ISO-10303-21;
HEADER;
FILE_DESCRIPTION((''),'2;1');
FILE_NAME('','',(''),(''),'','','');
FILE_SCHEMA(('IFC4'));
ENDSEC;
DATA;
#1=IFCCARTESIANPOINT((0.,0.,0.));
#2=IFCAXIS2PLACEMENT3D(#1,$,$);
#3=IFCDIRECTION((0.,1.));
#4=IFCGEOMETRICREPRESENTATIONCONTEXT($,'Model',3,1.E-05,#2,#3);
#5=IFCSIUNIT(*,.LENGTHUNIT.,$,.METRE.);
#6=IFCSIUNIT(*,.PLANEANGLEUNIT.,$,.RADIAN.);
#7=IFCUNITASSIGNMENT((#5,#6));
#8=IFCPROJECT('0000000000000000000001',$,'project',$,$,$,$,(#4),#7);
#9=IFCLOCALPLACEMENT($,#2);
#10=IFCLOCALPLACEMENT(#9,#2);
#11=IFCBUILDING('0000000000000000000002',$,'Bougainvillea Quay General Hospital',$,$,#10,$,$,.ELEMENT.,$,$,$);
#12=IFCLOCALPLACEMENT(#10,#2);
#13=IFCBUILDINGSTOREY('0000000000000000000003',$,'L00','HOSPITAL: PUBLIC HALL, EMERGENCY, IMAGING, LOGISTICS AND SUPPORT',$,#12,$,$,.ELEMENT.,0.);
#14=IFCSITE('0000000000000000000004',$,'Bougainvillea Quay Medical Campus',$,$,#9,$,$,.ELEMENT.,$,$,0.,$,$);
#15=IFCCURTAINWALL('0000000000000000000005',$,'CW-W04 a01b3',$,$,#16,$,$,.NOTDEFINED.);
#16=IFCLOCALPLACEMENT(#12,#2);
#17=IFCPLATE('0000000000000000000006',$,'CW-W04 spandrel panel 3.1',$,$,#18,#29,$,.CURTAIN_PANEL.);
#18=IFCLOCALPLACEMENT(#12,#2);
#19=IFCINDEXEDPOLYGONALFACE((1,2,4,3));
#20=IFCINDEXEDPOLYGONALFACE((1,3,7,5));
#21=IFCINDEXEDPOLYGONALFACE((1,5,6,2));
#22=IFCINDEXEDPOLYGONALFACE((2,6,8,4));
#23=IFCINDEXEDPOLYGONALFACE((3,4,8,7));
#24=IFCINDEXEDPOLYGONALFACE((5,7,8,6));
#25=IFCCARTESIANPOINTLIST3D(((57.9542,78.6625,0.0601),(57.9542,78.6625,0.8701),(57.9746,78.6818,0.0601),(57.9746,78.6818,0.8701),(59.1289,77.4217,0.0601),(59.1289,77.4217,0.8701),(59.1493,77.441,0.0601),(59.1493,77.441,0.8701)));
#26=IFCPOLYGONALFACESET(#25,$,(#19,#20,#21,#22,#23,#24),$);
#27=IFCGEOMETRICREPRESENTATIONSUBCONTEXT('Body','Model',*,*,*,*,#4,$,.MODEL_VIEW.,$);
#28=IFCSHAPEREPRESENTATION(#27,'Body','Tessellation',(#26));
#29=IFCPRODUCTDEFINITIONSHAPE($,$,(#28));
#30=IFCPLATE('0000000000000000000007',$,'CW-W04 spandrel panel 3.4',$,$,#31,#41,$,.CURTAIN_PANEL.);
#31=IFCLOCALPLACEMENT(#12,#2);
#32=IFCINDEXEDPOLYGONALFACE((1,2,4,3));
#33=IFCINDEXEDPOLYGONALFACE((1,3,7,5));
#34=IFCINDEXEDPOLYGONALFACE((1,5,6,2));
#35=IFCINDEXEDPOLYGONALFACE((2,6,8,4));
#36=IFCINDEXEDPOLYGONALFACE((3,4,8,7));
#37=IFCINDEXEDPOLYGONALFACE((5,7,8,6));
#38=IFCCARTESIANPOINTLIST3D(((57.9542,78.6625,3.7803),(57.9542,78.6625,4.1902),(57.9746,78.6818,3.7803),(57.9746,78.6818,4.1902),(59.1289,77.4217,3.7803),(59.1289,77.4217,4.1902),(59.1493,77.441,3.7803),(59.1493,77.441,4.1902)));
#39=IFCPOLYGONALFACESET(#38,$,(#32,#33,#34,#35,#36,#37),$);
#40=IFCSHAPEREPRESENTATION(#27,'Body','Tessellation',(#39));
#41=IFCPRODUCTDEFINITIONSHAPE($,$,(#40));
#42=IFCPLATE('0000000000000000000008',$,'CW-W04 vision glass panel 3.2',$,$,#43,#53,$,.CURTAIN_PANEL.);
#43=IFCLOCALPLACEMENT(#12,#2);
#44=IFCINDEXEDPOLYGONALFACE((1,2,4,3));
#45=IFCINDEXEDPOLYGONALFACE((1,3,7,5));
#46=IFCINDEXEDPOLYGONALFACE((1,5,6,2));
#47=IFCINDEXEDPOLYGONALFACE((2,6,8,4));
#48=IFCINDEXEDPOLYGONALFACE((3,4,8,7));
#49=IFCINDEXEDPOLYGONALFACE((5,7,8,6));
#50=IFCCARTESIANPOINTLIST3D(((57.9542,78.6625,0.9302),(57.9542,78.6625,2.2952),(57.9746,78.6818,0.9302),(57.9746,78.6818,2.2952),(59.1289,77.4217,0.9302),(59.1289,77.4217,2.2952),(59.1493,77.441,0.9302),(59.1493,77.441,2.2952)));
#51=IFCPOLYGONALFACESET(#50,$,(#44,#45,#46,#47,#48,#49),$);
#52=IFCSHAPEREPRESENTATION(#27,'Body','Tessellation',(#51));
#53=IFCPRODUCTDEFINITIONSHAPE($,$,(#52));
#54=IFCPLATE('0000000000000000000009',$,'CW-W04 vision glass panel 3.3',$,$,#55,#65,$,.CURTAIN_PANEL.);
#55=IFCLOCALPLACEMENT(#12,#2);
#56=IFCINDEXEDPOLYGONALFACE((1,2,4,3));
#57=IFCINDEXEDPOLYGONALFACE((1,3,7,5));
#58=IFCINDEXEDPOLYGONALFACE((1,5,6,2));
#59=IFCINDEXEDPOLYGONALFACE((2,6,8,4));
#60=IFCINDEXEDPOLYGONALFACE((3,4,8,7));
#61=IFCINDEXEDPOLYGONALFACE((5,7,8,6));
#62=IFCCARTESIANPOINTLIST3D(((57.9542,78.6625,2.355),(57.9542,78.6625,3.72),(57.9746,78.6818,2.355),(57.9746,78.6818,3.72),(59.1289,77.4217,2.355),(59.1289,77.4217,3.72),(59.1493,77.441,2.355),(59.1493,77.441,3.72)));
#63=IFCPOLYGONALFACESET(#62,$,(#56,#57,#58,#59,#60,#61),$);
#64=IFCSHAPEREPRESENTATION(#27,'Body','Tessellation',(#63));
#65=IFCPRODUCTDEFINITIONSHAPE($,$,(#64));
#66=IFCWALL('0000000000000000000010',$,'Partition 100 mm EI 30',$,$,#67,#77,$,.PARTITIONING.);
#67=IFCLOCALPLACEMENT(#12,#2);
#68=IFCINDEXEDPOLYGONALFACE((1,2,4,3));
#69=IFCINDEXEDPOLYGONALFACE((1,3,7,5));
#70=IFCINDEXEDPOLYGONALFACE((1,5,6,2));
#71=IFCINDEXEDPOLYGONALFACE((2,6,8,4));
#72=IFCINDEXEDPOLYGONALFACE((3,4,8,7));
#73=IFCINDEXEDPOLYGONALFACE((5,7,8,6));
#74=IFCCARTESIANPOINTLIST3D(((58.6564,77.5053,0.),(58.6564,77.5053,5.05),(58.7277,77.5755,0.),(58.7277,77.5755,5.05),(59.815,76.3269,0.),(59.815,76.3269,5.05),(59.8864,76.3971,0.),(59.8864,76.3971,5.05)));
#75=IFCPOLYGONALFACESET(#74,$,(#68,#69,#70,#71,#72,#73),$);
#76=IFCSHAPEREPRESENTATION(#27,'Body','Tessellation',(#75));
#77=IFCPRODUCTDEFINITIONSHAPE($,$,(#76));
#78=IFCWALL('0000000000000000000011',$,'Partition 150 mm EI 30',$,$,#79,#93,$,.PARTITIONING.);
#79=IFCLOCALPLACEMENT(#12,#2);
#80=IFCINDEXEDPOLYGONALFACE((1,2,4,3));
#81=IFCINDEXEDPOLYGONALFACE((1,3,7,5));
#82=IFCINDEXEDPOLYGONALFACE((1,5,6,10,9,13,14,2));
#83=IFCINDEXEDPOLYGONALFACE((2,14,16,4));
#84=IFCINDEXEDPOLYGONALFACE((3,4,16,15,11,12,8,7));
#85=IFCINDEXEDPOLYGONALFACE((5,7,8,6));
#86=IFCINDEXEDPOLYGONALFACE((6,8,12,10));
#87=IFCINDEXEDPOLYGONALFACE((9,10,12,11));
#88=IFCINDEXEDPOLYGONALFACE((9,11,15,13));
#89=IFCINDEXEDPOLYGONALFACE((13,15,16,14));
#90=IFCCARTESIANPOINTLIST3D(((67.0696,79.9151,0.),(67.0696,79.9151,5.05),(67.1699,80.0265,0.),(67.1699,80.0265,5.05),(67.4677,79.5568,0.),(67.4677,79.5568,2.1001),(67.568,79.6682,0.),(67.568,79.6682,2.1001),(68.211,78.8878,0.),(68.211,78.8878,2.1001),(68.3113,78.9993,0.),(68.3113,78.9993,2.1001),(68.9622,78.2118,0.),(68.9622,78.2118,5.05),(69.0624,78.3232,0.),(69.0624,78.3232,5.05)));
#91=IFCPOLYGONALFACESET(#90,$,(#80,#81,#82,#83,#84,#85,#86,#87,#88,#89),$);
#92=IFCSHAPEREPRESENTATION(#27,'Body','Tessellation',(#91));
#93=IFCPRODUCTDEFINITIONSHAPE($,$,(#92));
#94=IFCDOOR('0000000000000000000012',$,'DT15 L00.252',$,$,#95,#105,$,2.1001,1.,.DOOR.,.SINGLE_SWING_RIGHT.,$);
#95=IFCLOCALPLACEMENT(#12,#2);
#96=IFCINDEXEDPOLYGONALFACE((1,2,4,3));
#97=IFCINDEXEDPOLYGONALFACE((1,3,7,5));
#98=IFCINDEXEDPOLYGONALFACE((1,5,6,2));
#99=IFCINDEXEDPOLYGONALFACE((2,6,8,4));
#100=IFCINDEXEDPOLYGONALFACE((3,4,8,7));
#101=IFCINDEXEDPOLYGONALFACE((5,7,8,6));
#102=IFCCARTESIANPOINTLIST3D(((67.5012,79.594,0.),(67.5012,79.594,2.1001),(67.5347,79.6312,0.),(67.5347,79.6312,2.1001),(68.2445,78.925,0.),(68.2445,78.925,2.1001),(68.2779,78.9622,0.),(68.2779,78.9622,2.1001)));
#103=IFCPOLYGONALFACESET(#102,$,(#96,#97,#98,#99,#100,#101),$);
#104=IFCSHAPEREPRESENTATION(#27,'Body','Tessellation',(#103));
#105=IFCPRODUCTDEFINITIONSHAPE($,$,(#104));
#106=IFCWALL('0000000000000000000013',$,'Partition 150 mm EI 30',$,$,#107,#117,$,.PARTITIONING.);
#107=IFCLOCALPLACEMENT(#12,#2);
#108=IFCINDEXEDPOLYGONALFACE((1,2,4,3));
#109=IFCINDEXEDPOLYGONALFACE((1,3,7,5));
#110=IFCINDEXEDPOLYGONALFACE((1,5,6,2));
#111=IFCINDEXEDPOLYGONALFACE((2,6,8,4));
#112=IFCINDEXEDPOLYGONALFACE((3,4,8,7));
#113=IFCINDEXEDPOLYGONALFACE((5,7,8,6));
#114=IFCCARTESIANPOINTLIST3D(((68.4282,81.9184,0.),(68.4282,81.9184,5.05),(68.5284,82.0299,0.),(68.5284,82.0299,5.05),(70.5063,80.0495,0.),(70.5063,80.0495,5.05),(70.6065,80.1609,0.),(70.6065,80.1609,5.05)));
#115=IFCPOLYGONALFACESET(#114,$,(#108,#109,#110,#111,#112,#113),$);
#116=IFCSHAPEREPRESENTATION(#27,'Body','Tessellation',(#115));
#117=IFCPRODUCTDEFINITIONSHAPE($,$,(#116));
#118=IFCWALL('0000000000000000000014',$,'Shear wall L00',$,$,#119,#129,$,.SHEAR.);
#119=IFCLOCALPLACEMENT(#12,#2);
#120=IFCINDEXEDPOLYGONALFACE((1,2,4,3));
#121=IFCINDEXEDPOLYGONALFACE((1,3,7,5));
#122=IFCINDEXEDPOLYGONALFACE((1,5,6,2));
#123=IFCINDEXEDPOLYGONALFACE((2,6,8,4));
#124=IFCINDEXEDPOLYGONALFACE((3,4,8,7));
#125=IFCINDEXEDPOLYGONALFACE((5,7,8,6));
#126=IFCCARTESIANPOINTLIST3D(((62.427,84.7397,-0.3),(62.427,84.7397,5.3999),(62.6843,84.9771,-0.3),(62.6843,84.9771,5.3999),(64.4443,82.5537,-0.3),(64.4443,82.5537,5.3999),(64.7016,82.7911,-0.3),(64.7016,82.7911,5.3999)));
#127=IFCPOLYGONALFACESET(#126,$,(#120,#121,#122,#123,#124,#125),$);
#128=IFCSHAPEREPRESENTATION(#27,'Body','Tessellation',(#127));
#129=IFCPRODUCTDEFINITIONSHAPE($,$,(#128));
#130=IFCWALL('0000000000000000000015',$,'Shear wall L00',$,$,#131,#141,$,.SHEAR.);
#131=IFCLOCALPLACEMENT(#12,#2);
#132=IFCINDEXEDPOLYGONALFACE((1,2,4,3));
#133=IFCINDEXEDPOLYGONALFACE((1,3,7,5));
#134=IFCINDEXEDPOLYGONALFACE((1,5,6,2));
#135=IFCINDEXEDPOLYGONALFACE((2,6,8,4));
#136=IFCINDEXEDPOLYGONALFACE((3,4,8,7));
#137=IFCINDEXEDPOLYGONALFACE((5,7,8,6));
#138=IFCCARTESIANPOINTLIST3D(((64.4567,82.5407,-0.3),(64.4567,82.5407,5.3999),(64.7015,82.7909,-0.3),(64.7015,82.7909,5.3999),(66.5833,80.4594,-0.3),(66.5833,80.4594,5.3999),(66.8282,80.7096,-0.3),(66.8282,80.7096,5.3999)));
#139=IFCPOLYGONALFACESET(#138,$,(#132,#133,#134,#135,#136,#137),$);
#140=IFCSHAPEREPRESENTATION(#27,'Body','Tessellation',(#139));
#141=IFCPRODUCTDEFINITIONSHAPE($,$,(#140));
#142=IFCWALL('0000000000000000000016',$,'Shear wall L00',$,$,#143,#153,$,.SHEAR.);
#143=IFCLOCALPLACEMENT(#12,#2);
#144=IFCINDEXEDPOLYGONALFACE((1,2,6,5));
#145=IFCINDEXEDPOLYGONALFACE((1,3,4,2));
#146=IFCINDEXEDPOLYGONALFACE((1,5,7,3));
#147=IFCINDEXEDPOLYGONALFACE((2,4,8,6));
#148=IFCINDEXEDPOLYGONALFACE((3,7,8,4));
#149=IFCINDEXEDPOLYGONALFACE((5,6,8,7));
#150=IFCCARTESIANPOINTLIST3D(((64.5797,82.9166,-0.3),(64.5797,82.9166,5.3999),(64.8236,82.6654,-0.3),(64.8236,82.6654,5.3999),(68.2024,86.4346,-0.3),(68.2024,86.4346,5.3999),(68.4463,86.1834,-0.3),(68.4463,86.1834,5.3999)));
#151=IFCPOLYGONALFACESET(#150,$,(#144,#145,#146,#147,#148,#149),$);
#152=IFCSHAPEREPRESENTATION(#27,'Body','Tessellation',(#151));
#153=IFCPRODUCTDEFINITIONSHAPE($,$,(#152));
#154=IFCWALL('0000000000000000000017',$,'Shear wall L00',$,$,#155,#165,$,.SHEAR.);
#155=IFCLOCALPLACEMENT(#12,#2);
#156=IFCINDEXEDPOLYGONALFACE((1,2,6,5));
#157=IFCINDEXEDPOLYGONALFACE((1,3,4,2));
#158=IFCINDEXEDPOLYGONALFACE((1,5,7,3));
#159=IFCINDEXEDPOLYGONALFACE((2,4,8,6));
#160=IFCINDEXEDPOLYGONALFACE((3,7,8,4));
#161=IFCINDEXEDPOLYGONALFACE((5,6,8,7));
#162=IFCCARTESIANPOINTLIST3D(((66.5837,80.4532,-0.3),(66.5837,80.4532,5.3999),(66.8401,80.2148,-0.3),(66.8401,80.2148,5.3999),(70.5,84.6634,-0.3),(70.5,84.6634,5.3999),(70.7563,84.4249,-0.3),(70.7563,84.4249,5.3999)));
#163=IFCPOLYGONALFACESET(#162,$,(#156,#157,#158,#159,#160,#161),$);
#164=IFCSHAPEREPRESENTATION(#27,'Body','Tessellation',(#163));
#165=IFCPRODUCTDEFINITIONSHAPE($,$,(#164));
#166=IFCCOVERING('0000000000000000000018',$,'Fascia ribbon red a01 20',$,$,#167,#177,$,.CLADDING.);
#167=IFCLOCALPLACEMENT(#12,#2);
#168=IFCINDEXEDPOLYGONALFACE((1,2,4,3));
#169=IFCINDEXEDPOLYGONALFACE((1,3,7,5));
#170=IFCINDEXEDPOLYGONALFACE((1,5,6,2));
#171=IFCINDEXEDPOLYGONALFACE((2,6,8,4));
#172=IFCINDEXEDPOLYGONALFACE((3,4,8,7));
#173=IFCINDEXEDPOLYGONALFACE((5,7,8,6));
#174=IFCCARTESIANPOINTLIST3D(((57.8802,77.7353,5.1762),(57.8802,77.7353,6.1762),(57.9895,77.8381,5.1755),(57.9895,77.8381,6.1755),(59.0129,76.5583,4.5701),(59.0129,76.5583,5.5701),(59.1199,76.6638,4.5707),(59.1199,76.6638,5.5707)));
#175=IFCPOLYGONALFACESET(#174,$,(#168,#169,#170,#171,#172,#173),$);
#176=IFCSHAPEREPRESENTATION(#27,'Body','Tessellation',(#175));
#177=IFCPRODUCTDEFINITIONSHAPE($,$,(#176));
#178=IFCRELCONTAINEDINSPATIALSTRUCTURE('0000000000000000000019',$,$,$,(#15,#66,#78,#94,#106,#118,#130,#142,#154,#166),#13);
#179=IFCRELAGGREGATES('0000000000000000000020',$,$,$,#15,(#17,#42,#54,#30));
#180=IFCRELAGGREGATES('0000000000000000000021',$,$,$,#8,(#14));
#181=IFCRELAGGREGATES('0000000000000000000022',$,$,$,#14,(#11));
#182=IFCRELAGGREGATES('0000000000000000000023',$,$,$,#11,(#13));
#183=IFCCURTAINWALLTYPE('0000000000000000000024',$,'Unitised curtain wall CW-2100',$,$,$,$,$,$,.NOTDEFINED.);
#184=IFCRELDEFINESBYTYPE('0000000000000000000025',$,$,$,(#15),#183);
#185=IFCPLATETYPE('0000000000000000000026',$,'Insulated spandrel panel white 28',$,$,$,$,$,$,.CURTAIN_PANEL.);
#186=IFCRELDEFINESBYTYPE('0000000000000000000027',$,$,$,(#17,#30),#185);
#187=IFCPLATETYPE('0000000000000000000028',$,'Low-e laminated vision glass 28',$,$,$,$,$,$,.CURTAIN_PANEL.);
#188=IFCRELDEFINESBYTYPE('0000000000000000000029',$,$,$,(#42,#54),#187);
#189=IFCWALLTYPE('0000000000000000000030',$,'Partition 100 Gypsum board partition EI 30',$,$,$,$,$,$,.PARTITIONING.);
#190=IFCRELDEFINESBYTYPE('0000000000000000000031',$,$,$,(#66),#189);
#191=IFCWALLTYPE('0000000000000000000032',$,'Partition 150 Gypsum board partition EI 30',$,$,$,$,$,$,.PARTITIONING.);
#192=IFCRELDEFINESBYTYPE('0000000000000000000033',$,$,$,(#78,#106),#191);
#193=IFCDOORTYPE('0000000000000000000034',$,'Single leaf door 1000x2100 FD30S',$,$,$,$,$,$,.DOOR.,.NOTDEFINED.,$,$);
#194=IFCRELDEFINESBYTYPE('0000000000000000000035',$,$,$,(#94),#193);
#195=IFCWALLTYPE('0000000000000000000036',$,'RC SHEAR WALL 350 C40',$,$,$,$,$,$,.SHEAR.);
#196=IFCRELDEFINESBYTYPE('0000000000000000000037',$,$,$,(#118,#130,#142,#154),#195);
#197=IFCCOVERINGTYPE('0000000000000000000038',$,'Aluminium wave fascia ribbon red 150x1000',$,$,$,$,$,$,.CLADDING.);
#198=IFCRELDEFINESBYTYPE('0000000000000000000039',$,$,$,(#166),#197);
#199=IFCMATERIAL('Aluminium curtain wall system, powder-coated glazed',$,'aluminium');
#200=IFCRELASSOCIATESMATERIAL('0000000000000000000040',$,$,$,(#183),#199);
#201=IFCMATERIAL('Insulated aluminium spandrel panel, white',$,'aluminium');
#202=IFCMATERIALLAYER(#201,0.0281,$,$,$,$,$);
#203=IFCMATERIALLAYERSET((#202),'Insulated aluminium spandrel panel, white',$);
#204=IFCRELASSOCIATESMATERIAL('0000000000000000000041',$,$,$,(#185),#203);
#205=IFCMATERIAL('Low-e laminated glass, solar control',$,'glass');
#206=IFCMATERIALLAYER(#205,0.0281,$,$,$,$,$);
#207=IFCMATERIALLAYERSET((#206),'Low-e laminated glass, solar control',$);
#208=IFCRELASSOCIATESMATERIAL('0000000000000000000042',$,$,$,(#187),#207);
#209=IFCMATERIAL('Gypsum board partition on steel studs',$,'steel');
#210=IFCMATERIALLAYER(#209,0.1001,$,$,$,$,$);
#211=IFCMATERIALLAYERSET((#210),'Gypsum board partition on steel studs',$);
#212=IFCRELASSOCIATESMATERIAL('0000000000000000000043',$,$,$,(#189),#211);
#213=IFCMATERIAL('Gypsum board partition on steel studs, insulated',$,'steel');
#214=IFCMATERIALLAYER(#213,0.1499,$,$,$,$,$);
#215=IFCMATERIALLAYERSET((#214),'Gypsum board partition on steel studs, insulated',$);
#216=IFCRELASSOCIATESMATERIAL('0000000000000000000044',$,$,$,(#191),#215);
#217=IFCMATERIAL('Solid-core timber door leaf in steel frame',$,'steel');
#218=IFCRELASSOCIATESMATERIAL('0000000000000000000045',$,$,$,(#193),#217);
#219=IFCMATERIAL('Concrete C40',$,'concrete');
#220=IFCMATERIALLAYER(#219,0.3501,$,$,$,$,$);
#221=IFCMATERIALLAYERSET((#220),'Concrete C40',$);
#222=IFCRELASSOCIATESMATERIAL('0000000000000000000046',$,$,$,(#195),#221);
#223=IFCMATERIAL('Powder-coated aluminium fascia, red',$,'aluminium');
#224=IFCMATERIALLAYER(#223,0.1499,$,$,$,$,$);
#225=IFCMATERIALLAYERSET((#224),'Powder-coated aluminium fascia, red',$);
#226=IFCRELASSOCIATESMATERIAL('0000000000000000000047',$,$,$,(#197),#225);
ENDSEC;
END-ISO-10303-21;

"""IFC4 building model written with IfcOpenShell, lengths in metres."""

from ifc_helpers import new_model, si_unit, direction, frame, frame_2d, origin, origin_2d, place, context, subcontext, project, spatial, polyline, rectangle, outline, extrude, material, layer, layer_set, type_object, element, fill, aggregate, save


model = new_model("IFC4")

# Units and contexts
model_context = context("Model", 3, precision=1e-05, world=origin(), true_north=direction((0.0, 1.0)))
body_context = subcontext(model_context, "Body", "Model", "MODEL_VIEW")
ifc_project = project(units=[si_unit("LENGTHUNIT", "METRE"), si_unit("PLANEANGLEUNIT", "RADIAN")], contexts=[model_context])

# Site, building, storey
site_placement = place(None, origin())
site = spatial("IfcSite", under=ifc_project, at=site_placement, Name="Bougainvillea Quay Medical Campus", CompositionType="ELEMENT", RefElevation=0.0)
building_placement = place(site_placement, origin())
building = spatial("IfcBuilding", under=site, at=building_placement, Name="Bougainvillea Quay General Hospital", CompositionType="ELEMENT")
storey_placement = place(building_placement, origin())
storey = spatial("IfcBuildingStorey", under=building, at=storey_placement, Name="L00", Description="HOSPITAL: PUBLIC HALL, EMERGENCY, IMAGING, LOGISTICS AND SUPPORT", CompositionType="ELEMENT", Elevation=0.0)

# Shared definitions
ifc_material_1 = material(Name="Concrete C40", Category="concrete")

# Curtain wall, plates
ifc_material_2 = material(Name="Aluminium curtain wall system, powder-coated glazed", Category="aluminium")
curtain_wall_type = type_object("IfcCurtainWallType", Name="Unitised curtain wall CW-2100", PredefinedType="NOTDEFINED", material=ifc_material_2)
curtain_wall_placement = place(storey_placement, origin())
curtain_wall = element("IfcCurtainWall", 1, at=curtain_wall_placement, inside=storey, type_object=curtain_wall_type, Name="CW-W04 a01b3", PredefinedType="NOTDEFINED")
ifc_material_3 = material(Name="Insulated aluminium spandrel panel, white", Category="aluminium")
ifc_layer_1 = layer(ifc_material_3, 0.0281)
ifc_layer_set_1 = layer_set([ifc_layer_1], Name="Insulated aluminium spandrel panel, white")
plate_type_1 = type_object("IfcPlateType", Name="Insulated spandrel panel white 28", PredefinedType="CURTAIN_PANEL", material=ifc_layer_set_1)
plate_1_placement = place(storey_placement, frame((58.5518, 78.0518, 0.0601), z_axis=(0.0, 0.0, 1.0), x_axis=(-0.687487, 0.726197, 0.0)))
plate_1 = element("IfcPlate", 2, at=plate_1_placement, type_object=plate_type_1, Name="CW-W04 spandrel panel 3.1", PredefinedType="CURTAIN_PANEL", context=body_context, shape_type="SweptSolid", body=[
    extrude(rectangle(XDim=1.7087, YDim=0.0281, at=origin_2d()), origin(), (0.0, 0.0, 1.0), 0.8101),
])
plate_2_placement = place(storey_placement, frame((58.5518, 78.0518, 3.7803), z_axis=(0.0, 0.0, 1.0), x_axis=(-0.687487, 0.726197, 0.0)))
plate_2 = element("IfcPlate", 3, at=plate_2_placement, type_object=plate_type_1, Name="CW-W04 spandrel panel 3.4", PredefinedType="CURTAIN_PANEL", context=body_context, shape_type="SweptSolid", body=[
    extrude(rectangle(XDim=1.7087, YDim=0.0281, at=origin_2d()), origin(), (0.0, 0.0, 1.0), 0.4099),
])
ifc_material_4 = material(Name="Low-e laminated glass, solar control", Category="glass")
ifc_layer_2 = layer(ifc_material_4, 0.0281)
ifc_layer_set_2 = layer_set([ifc_layer_2], Name="Low-e laminated glass, solar control")
plate_type_2 = type_object("IfcPlateType", Name="Low-e laminated vision glass 28", PredefinedType="CURTAIN_PANEL", material=ifc_layer_set_2)
plate_3_placement = place(storey_placement, frame((58.5518, 78.0518, 0.9302), z_axis=(0.0, 0.0, 1.0), x_axis=(-0.687487, 0.726197, 0.0)))
plate_3 = element("IfcPlate", 4, at=plate_3_placement, type_object=plate_type_2, Name="CW-W04 vision glass panel 3.2", PredefinedType="CURTAIN_PANEL", context=body_context, shape_type="SweptSolid", body=[
    extrude(rectangle(XDim=1.7087, YDim=0.0281, at=origin_2d()), origin(), (0.0, 0.0, 1.0), 1.365),
])
plate_4_placement = place(storey_placement, frame((58.5518, 78.0518, 2.355), z_axis=(0.0, 0.0, 1.0), x_axis=(-0.687487, 0.726197, 0.0)))
plate_4 = element("IfcPlate", 5, at=plate_4_placement, type_object=plate_type_2, Name="CW-W04 vision glass panel 3.3", PredefinedType="CURTAIN_PANEL", context=body_context, shape_type="SweptSolid", body=[
    extrude(rectangle(XDim=1.7087, YDim=0.0281, at=origin_2d()), origin(), (0.0, 0.0, 1.0), 1.365),
])
aggregate(curtain_wall, [plate_1, plate_3, plate_4, plate_2])

# Wall
ifc_material_5 = material(Name="Gypsum board partition on steel studs", Category="steel")
ifc_layer_3 = layer(ifc_material_5, 0.1001)
ifc_layer_set_3 = layer_set([ifc_layer_3], Name="Gypsum board partition on steel studs")
wall_type_1 = type_object("IfcWallType", Name="Partition 100 Gypsum board partition EI 30", PredefinedType="PARTITIONING", material=ifc_layer_set_3)
wall_1_placement = place(storey_placement, frame((58.6921, 77.5403, 0.0), z_axis=(0.0, 0.0, 1.0), x_axis=(0.701099, -0.713064, 0.0)))
element("IfcWall", 6, at=wall_1_placement, inside=storey, type_object=wall_type_1, Name="Partition 100 mm EI 30", PredefinedType="PARTITIONING", context=body_context, shape_type="SweptSolid", body=[
    extrude(rectangle(XDim=1.6526, YDim=0.1001, at=frame_2d((0.8262, 0.0))), origin(), (0.0, 0.0, 1.0), 5.05),
])

# Wall, opening, door
ifc_material_6 = material(Name="Gypsum board partition on steel studs, insulated", Category="steel")
ifc_layer_4 = layer(ifc_material_6, 0.1499)
ifc_layer_set_4 = layer_set([ifc_layer_4], Name="Gypsum board partition on steel studs, insulated")
wall_type_2 = type_object("IfcWallType", Name="Partition 150 Gypsum board partition EI 30", PredefinedType="PARTITIONING", material=ifc_layer_set_4)
wall_2_placement = place(storey_placement, frame((67.1199, 79.9707, 0.0), z_axis=(0.0, 0.0, 1.0), x_axis=(0.743285, -0.668975, 0.0)))
wall_2 = element("IfcWall", 7, at=wall_2_placement, inside=storey, type_object=wall_type_2, Name="Partition 150 mm EI 30", PredefinedType="PARTITIONING", context=body_context, shape_type="SweptSolid", body=[
    extrude(rectangle(XDim=2.5461, YDim=0.1499, at=frame_2d((1.2729, 0.0))), origin(), (0.0, 0.0, 1.0), 5.05),
])
opening_placement = place(wall_2_placement, frame((0.5354, 0.0, 0.0)))
opening = element("IfcOpeningElement", 8, at=opening_placement, cuts=wall_2, PredefinedType="OPENING", context=body_context, shape_type="SweptSolid", body=[
    extrude(rectangle(XDim=1.0, YDim=2.1001, at=frame_2d((0.5, 1.05))), frame((0.0, 0.085, 0.0), z_axis=(0.0, -1.0, 0.0), x_axis=(1.0, 0.0, 0.0)), (0.0, 0.0, 1.0), 0.1699),
])
ifc_material_7 = material(Name="Solid-core timber door leaf in steel frame", Category="steel")
door_type = type_object("IfcDoorType", Name="Single leaf door 1000x2100 FD30S", OperationType="NOTDEFINED", PredefinedType="DOOR", material=ifc_material_7)
door_placement = place(opening_placement, frame((1.0, 0.0, 0.0), z_axis=(0.0, 0.0, 1.0), x_axis=(-1.0, 0.0, 0.0)))
door = element("IfcDoor", 9, at=door_placement, inside=storey, type_object=door_type, Name="DT15 L00.252", OperationType="SINGLE_SWING_RIGHT", OverallHeight=2.1001, OverallWidth=1.0, PredefinedType="DOOR", context=body_context, shape_type="SweptSolid", body=[
    extrude(rectangle(XDim=1.0, YDim=2.1001, at=frame_2d((0.5, 1.05))), frame((0.0, 0.0249, 0.0), z_axis=(0.0, -1.0, 0.0), x_axis=(1.0, 0.0, 0.0)), (0.0, 0.0, 1.0), 0.05),
])
fill(opening, door)

# Walls
wall_3_placement = place(storey_placement, frame((68.4783, 81.9741, 0.0), z_axis=(0.0, 0.0, 1.0), x_axis=(0.743546, -0.668685, 0.0)))
element("IfcWall", 10, at=wall_3_placement, inside=storey, type_object=wall_type_2, Name="Partition 150 mm EI 30", PredefinedType="PARTITIONING", context=body_context, shape_type="SweptSolid", body=[
    extrude(rectangle(XDim=2.7949, YDim=0.1499, at=frame_2d((1.3975, 0.0))), origin(), (0.0, 0.0, 1.0), 5.05),
])
ifc_layer_5 = layer(ifc_material_1, 0.3501)
ifc_layer_set_5 = layer_set([ifc_layer_5], Name="Concrete C40")
wall_type_3 = type_object("IfcWallType", Name="RC SHEAR WALL 350 C40", PredefinedType="SHEAR", material=ifc_layer_set_5)
wall_4_placement = place(storey_placement, frame((62.5557, 84.8584, -0.3), z_axis=(0.0, 0.0, 1.0), x_axis=(0.678181, -0.734895, 0.0)))
element("IfcWall", 11, at=wall_4_placement, inside=storey, type_object=wall_type_3, Name="Shear wall L00", PredefinedType="SHEAR", context=body_context, shape_type="SweptSolid", body=[
    extrude(rectangle(XDim=2.9746, YDim=0.3501, at=frame_2d((1.4873, 0.0))), origin(), (0.0, 0.0, 1.0), 5.7),
])
wall_5_placement = place(storey_placement, frame((64.5791, 82.6658, -0.3), z_axis=(0.0, 0.0, 1.0), x_axis=(0.714696, -0.699435, 0.0)))
element("IfcWall", 12, at=wall_5_placement, inside=storey, type_object=wall_type_3, Name="Shear wall L00", PredefinedType="SHEAR", context=body_context, shape_type="SweptSolid", body=[
    extrude(rectangle(XDim=2.9756, YDim=0.3501, at=frame_2d((1.4878, 0.0))), origin(), (0.0, 0.0, 1.0), 5.7),
])
wall_6_placement = place(storey_placement, frame((64.7017, 82.791, -0.3), z_axis=(0.0, 0.0, 1.0), x_axis=(0.717401, 0.696661, 0.0)))
element("IfcWall", 13, at=wall_6_placement, inside=storey, type_object=wall_type_3, Name="Shear wall L00", PredefinedType="SHEAR", context=body_context, shape_type="SweptSolid", body=[
    extrude(rectangle(XDim=5.0498, YDim=0.3501, at=frame_2d((2.5249, 0.0))), origin(), (0.0, 0.0, 1.0), 5.7),
])
wall_7_placement = place(storey_placement, frame((66.7119, 80.334, -0.3), z_axis=(0.0, 0.0, 1.0), x_axis=(0.681084, 0.732205, 0.0)))
element("IfcWall", 14, at=wall_7_placement, inside=storey, type_object=wall_type_3, Name="Shear wall L00", PredefinedType="SHEAR", context=body_context, shape_type="SweptSolid", body=[
    extrude(rectangle(XDim=5.75, YDim=0.3501, at=frame_2d((2.875, 0.0))), origin(), (0.0, 0.0, 1.0), 5.7),
])

# Covering
ifc_material_8 = material(Name="Powder-coated aluminium fascia, red", Category="aluminium")
ifc_layer_6 = layer(ifc_material_8, 0.1499)
ifc_layer_set_6 = layer_set([ifc_layer_6], Name="Powder-coated aluminium fascia, red")
covering_type = type_object("IfcCoveringType", Name="Aluminium wave fascia ribbon red 150x1000", PredefinedType="CLADDING", material=ifc_layer_set_6)
covering_placement = place(storey_placement, frame((57.9895, 77.8381, 5.1755), z_axis=(0.241273, -0.250607, 0.937541), x_axis=(0.650183, -0.67546, -0.347875)))
element("IfcCovering", 15, at=covering_placement, inside=storey, type_object=covering_type, Name="Fascia ribbon red a01 20", PredefinedType="CLADDING", context=body_context, shape_type="SweptSolid", body=[
    extrude(outline(polyline([(0.0, 0.0), (1.7386, 0.0), (1.7405, -0.1502), (-0.0019, -0.1501), (0.0, 0.0)])), origin(), (-0.347875, -0.00003, 0.937541), 1.0),
])

save(model, "model.ifc")
